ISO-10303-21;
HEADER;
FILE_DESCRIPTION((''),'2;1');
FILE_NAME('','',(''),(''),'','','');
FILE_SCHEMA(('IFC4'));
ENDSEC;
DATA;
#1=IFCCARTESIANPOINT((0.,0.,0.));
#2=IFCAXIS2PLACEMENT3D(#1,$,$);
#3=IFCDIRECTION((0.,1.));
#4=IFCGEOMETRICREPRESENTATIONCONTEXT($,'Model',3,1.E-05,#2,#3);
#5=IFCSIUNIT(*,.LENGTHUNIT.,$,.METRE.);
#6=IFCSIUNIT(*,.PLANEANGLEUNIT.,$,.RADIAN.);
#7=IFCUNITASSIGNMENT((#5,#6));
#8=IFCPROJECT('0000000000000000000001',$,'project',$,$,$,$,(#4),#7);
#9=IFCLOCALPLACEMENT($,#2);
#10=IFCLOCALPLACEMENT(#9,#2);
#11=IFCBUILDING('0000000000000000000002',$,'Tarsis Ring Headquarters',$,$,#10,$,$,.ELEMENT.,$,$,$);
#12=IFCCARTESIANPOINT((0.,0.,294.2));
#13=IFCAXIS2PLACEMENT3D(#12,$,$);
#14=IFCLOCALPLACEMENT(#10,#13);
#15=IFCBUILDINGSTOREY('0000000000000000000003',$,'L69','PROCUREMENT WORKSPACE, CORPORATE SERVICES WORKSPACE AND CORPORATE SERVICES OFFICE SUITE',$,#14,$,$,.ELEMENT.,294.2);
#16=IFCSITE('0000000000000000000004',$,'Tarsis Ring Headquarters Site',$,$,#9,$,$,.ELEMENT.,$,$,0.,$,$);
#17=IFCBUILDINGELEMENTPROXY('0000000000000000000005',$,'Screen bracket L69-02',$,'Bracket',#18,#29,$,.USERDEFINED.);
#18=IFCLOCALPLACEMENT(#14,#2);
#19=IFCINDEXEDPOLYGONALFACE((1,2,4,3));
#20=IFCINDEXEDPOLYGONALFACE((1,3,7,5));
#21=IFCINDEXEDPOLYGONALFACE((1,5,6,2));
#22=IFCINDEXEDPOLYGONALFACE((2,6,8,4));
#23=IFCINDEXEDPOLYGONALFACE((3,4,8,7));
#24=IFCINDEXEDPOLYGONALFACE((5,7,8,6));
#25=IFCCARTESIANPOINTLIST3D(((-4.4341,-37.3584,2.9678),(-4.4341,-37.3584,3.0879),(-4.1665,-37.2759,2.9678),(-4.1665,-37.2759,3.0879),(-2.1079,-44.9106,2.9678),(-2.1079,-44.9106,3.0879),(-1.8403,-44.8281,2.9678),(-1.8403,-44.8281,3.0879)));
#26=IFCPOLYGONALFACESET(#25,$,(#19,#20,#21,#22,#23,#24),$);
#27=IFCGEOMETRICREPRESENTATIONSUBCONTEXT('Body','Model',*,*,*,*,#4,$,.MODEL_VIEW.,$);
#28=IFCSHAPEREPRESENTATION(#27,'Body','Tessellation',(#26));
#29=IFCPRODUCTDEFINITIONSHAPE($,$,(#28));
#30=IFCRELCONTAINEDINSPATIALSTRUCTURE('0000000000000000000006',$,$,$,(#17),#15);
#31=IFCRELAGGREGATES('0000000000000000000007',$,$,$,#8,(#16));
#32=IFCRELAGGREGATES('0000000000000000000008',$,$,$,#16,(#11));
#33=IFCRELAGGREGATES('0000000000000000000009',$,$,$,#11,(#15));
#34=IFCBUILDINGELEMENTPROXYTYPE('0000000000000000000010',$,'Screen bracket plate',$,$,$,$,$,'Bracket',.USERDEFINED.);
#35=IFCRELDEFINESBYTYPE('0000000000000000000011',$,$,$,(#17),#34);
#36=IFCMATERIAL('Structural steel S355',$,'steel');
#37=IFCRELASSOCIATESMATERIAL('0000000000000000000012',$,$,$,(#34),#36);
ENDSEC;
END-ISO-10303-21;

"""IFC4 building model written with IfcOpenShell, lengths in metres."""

from ifc_helpers import new_model, si_unit, direction, frame, origin, origin_2d, place, context, subcontext, project, spatial, rectangle, extrude, material, type_object, element, save


model = new_model("IFC4")

# Units and contexts
model_context = context("Model", 3, precision=1e-05, world=origin(), true_north=direction((0.0, 1.0)))
body_context = subcontext(model_context, "Body", "Model", "MODEL_VIEW")
ifc_project = project(units=[si_unit("LENGTHUNIT", "METRE"), si_unit("PLANEANGLEUNIT", "RADIAN")], contexts=[model_context])

# Site, building, storey
site_placement = place(None, origin())
site = spatial("IfcSite", under=ifc_project, at=site_placement, Name="Tarsis Ring Headquarters Site", CompositionType="ELEMENT", RefElevation=0.0)
building_placement = place(site_placement, origin())
building = spatial("IfcBuilding", under=site, at=building_placement, Name="Tarsis Ring Headquarters", CompositionType="ELEMENT")
storey_placement = place(building_placement, frame((0.0, 0.0, 294.2)))
storey = spatial("IfcBuildingStorey", under=building, at=storey_placement, Name="L69", Description="PROCUREMENT WORKSPACE, CORPORATE SERVICES WORKSPACE AND CORPORATE SERVICES OFFICE SUITE", CompositionType="ELEMENT", Elevation=294.2)

# Shared definitions
ifc_material_1 = material(Name="Structural steel S355", Category="steel")

# Building element proxy
building_element_proxy_type = type_object("IfcBuildingElementProxyType", Name="Screen bracket plate", ElementType="Bracket", PredefinedType="USERDEFINED", material=ifc_material_1)
proxy_placement = place(storey_placement, frame((-3.1372, -41.0933, 2.9678), z_axis=(0.0, 0.0, 1.0), x_axis=(0.294374, -0.95569, 0.0)))
element("IfcBuildingElementProxy", 1, at=proxy_placement, inside=storey, type_object=building_element_proxy_type, Name="Screen bracket L69-02", ObjectType="Bracket", PredefinedType="USERDEFINED", context=body_context, shape_type="SweptSolid", body=[
    extrude(rectangle(XDim=7.9023, YDim=0.28, at=origin_2d()), origin(), (0.0, 0.0, 1.0), 0.1201),
])

save(model, "model.ifc")
